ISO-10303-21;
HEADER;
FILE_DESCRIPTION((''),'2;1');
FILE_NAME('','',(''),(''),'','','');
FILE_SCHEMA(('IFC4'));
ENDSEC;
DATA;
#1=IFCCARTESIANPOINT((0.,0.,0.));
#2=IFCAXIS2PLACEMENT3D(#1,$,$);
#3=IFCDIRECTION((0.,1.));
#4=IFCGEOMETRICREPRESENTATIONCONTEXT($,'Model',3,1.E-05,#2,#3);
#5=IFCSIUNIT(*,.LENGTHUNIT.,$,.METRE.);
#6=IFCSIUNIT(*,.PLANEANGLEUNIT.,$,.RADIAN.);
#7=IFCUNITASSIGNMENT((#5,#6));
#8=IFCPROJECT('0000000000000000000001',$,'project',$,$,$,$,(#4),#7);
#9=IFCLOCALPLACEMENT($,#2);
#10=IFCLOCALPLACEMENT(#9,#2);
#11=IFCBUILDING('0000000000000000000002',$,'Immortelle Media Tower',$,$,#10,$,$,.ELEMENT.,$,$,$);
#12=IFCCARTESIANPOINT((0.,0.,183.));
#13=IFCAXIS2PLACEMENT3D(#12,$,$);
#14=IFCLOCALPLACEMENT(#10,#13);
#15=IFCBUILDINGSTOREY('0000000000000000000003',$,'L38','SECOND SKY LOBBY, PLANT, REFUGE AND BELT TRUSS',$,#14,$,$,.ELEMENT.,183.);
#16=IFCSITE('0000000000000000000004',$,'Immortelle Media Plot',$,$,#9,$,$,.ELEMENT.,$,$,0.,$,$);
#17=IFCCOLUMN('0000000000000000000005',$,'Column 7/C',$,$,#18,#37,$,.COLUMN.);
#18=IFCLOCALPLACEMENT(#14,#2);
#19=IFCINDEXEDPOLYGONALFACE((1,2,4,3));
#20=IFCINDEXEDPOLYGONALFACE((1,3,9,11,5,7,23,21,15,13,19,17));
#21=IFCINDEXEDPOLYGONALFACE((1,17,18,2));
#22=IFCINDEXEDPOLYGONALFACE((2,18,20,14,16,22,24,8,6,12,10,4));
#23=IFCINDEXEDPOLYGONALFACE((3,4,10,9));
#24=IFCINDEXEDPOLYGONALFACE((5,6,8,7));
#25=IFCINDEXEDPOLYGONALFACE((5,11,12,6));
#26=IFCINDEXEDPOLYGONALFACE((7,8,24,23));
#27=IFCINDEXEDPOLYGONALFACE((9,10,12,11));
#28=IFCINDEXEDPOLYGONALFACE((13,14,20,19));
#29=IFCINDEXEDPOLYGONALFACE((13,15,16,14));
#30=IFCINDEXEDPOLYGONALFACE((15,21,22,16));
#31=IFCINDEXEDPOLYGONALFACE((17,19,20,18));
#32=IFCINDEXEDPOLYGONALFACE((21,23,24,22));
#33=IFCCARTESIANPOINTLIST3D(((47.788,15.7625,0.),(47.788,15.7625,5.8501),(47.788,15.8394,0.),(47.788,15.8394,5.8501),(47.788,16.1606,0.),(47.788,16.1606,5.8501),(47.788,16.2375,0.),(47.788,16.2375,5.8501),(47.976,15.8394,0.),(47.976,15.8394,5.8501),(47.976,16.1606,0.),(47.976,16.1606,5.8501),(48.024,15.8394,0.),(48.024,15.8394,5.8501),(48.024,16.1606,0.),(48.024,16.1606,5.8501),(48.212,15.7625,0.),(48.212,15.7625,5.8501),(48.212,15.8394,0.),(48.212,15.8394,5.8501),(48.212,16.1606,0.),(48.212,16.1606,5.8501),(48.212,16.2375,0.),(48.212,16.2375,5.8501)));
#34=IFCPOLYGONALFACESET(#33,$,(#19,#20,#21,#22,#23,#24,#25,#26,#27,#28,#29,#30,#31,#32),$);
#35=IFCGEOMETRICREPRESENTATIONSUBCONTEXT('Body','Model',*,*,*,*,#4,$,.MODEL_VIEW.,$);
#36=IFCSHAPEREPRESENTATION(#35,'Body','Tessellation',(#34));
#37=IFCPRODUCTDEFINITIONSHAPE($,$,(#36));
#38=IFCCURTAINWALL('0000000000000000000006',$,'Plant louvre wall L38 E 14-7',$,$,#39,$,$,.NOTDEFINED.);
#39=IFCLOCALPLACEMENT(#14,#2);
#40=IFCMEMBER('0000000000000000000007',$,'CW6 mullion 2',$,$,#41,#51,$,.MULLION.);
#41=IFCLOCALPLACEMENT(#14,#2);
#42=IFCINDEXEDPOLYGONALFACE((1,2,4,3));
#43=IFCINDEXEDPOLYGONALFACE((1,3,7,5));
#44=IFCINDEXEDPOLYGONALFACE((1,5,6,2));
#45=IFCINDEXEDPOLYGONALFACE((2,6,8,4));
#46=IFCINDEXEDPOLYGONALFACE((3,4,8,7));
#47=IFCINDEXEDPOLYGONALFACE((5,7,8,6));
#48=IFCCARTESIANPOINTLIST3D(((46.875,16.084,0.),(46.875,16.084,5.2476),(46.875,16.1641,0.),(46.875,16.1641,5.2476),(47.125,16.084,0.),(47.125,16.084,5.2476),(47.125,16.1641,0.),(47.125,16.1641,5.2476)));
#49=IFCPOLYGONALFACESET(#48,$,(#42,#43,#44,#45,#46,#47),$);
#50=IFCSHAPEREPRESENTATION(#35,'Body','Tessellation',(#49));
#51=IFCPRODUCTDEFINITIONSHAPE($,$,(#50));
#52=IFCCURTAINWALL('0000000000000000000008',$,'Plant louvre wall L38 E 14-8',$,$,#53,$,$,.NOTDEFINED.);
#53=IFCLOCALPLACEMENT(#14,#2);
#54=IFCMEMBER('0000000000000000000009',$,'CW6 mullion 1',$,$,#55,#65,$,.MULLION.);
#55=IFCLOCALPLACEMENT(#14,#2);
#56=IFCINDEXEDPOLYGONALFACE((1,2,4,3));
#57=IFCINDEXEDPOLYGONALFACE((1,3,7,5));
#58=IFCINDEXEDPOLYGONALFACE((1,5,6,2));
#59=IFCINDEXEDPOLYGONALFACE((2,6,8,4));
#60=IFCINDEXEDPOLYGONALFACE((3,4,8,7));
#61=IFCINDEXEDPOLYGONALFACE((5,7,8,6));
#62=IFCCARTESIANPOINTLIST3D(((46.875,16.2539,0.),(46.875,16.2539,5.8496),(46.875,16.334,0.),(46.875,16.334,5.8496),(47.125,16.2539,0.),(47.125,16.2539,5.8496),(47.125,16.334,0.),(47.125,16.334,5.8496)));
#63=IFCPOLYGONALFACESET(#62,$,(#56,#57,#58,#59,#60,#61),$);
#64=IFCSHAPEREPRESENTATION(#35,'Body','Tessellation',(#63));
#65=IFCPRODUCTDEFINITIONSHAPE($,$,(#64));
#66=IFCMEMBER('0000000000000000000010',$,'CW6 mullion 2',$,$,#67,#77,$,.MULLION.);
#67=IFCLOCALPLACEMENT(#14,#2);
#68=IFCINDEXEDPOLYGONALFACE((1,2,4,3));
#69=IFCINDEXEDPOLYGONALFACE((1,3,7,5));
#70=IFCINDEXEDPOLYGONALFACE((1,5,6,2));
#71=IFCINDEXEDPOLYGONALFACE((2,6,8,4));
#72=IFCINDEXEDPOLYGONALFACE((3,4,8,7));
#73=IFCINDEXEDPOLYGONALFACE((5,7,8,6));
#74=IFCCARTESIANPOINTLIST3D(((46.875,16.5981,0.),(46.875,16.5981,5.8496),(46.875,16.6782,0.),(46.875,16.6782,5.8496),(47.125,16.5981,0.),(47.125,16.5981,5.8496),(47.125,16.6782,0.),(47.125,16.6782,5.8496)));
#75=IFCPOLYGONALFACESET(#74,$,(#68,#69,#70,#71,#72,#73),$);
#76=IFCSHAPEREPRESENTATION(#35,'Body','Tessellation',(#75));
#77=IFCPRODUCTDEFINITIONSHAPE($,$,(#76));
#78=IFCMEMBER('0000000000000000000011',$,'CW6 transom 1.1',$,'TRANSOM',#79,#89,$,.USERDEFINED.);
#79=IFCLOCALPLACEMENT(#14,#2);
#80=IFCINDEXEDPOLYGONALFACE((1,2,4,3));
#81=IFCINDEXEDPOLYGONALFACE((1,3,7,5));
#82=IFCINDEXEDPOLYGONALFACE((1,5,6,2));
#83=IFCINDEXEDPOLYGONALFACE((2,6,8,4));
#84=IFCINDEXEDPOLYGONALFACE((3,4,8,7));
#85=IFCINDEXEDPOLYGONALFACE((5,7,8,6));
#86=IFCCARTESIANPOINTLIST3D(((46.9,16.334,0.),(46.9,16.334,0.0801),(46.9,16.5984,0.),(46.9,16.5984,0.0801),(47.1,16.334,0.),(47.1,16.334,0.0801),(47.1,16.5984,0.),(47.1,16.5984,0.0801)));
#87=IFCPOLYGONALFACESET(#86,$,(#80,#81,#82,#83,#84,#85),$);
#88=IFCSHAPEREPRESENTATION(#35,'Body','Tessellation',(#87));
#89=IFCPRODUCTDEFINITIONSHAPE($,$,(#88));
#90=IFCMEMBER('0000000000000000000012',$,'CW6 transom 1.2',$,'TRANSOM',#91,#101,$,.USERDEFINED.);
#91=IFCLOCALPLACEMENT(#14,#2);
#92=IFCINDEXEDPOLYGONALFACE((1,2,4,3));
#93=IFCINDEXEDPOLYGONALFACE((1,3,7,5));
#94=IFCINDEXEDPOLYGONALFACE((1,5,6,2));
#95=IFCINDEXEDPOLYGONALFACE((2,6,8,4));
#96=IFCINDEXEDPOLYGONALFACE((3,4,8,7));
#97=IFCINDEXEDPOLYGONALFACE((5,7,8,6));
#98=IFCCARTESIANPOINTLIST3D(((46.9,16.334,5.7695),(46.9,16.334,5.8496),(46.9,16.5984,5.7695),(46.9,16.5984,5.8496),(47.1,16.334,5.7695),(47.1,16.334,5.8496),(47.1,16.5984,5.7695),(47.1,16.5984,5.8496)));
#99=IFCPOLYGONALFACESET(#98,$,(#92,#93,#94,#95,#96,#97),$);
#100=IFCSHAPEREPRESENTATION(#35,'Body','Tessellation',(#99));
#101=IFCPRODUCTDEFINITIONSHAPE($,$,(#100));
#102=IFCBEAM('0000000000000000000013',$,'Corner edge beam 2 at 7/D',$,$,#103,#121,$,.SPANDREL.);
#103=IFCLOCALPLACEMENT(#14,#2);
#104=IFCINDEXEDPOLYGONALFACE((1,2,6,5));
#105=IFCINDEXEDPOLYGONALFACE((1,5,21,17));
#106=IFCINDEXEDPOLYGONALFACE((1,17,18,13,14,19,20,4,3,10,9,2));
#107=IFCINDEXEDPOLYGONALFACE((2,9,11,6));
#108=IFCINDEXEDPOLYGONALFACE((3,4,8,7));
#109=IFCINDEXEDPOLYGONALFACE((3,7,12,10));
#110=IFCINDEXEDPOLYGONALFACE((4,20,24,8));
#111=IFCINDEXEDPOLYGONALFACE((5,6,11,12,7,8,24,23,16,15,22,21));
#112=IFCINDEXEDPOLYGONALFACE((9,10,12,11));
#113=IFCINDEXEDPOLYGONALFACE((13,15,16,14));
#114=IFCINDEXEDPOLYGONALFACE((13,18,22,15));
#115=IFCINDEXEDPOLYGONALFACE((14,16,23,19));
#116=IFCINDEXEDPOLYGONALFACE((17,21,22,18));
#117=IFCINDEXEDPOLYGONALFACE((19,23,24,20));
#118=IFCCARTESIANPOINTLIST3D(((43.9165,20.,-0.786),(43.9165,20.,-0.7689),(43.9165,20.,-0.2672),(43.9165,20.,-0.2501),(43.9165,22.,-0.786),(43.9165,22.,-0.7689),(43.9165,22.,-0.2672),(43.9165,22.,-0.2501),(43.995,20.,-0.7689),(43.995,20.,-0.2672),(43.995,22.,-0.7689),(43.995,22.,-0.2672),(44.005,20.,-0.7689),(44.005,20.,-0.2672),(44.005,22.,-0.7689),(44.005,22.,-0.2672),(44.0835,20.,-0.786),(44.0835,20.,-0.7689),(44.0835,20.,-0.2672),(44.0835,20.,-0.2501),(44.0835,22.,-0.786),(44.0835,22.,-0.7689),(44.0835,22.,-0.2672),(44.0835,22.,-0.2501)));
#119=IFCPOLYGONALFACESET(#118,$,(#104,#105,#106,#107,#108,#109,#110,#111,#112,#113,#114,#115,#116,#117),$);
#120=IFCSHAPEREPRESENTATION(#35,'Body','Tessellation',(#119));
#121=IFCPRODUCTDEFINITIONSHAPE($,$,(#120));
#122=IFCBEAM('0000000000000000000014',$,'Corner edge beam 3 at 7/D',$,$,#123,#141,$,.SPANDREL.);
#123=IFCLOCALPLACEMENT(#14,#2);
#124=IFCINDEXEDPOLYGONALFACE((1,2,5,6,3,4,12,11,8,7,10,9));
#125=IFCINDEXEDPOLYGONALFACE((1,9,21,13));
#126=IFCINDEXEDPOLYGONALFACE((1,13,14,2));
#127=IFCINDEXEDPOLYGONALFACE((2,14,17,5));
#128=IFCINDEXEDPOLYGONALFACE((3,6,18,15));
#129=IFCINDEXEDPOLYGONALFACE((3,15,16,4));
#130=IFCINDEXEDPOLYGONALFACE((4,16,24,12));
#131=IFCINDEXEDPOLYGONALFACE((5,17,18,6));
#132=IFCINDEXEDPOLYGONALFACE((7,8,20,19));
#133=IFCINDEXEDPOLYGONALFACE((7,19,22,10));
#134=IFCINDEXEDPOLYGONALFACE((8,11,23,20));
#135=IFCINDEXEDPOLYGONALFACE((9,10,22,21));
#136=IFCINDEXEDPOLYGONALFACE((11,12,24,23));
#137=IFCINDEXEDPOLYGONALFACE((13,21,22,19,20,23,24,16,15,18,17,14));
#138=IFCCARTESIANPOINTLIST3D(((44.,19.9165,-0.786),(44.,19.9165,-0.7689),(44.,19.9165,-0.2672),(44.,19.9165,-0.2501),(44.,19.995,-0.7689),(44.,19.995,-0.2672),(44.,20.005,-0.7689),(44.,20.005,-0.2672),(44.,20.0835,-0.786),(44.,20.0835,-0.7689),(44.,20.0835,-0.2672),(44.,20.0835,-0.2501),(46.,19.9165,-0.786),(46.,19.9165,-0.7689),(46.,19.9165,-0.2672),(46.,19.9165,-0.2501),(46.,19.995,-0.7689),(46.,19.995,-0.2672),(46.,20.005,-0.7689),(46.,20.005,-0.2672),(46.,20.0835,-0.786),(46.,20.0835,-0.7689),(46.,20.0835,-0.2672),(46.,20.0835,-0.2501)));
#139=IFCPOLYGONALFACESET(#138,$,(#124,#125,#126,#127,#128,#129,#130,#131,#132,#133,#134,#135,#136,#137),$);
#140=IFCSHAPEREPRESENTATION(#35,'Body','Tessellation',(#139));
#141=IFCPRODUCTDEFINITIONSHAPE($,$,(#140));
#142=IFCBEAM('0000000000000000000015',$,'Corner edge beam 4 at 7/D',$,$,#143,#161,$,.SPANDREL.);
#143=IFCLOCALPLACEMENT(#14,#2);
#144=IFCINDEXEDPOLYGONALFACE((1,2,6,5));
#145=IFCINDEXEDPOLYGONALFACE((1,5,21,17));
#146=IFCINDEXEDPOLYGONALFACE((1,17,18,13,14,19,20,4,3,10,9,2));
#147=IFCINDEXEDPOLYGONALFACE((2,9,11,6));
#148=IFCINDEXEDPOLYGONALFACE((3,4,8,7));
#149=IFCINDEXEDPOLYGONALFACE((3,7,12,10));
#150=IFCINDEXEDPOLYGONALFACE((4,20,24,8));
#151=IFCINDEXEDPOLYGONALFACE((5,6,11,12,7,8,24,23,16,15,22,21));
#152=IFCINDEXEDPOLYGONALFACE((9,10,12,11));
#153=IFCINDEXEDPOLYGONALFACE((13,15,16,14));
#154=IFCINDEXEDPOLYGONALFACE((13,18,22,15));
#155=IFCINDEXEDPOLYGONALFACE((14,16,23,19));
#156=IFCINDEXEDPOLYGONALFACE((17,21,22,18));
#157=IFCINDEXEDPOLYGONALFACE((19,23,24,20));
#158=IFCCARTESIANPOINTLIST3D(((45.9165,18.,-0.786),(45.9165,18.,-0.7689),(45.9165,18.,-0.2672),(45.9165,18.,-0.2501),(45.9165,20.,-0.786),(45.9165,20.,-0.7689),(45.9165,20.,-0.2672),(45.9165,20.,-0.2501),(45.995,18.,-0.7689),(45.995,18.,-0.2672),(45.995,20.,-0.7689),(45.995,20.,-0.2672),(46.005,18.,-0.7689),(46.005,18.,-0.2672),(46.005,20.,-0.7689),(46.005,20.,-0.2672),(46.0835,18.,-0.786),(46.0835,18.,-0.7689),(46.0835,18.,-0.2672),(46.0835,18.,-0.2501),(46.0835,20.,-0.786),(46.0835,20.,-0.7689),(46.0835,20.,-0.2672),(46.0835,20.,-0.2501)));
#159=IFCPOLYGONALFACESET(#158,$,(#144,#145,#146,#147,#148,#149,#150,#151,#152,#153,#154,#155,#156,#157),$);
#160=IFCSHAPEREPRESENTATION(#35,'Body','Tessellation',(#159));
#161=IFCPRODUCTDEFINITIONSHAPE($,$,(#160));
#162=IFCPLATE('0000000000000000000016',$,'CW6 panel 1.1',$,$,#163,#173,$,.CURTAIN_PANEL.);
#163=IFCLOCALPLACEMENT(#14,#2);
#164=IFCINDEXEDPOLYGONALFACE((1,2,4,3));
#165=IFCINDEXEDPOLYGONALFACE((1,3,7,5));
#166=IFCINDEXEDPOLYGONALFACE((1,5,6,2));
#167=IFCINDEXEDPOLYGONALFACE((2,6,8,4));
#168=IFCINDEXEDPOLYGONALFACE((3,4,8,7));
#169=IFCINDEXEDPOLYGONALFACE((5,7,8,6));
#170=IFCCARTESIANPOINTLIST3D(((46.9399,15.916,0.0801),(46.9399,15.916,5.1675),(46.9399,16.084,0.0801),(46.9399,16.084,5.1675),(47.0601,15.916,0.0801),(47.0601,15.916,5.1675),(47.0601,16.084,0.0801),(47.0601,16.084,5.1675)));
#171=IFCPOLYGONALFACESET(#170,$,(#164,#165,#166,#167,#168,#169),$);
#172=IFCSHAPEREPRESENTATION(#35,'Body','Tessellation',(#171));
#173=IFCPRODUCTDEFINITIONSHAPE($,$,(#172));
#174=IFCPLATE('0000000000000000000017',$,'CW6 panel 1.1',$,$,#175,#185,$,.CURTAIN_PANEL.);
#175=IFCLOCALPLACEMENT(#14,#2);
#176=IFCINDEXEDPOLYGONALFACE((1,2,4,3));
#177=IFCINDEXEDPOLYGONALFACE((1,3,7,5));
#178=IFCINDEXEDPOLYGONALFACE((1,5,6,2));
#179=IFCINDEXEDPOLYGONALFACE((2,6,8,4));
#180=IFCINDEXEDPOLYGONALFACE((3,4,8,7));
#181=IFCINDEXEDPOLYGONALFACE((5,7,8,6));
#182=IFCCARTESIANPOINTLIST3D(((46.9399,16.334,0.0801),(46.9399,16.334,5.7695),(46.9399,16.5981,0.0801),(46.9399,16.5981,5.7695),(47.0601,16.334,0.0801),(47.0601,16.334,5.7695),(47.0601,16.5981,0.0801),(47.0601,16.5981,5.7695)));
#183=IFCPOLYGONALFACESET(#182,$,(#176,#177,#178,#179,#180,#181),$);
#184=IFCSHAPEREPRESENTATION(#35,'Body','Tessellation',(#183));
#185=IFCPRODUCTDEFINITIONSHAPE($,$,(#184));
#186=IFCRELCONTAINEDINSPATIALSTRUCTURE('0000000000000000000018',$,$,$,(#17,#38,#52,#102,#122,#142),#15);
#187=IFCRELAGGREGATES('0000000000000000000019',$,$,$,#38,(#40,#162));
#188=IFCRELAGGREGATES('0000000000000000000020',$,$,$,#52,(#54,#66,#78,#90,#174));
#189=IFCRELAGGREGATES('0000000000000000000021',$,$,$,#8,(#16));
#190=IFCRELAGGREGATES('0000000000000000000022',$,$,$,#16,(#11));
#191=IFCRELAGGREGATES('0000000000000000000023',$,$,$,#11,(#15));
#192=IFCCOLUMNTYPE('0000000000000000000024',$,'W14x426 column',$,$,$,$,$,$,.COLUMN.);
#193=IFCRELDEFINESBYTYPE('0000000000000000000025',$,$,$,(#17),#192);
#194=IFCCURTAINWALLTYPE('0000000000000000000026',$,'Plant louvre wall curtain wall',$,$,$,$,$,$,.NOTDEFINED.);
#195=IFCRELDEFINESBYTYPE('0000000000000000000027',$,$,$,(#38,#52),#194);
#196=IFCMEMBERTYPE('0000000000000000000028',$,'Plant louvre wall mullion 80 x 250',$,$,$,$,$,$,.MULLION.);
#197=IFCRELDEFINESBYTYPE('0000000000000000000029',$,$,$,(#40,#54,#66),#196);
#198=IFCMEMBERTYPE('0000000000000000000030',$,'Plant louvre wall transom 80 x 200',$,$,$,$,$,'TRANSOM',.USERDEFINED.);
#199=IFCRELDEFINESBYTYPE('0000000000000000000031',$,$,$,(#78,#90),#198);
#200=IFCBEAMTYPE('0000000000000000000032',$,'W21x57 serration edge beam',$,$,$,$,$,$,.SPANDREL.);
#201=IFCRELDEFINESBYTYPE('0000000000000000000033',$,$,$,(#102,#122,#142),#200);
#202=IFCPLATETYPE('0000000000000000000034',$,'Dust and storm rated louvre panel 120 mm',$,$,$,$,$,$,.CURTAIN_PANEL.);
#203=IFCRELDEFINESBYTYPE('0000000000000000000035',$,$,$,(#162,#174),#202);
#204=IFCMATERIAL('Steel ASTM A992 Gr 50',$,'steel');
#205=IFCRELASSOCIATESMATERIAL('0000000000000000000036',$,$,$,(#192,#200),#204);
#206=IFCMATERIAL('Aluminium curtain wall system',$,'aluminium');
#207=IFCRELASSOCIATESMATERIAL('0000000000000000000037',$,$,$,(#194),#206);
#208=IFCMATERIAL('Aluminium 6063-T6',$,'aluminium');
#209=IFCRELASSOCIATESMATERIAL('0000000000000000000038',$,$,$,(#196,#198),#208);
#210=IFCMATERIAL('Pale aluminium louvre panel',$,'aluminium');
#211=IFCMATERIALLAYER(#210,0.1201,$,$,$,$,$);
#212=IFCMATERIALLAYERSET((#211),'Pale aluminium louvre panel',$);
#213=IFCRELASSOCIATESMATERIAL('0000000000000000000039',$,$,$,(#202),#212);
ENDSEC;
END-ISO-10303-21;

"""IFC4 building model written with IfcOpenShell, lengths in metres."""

from ifc_helpers import new_model, si_unit, direction, frame, origin, origin_2d, place, context, subcontext, project, spatial, rectangle, i_section, extrude, material, layer, layer_set, material_profile, profile_set, type_object, element, aggregate, save


model = new_model("IFC4")

# Units and contexts
model_context = context("Model", 3, precision=1e-05, world=origin(), true_north=direction((0.0, 1.0)))
body_context = subcontext(model_context, "Body", "Model", "MODEL_VIEW")
ifc_project = project(units=[si_unit("LENGTHUNIT", "METRE"), si_unit("PLANEANGLEUNIT", "RADIAN")], contexts=[model_context])

# Site, building, storey
site_placement = place(None, origin())
site = spatial("IfcSite", under=ifc_project, at=site_placement, Name="Immortelle Media Plot", CompositionType="ELEMENT", RefElevation=0.0)
building_placement = place(site_placement, origin())
building = spatial("IfcBuilding", under=site, at=building_placement, Name="Immortelle Media Tower", CompositionType="ELEMENT")
storey_placement = place(building_placement, frame((0.0, 0.0, 183.0)))
storey = spatial("IfcBuildingStorey", under=building, at=storey_placement, Name="L38", Description="SECOND SKY LOBBY, PLANT, REFUGE AND BELT TRUSS", CompositionType="ELEMENT", Elevation=183.0)

# Column
ifc_material_1 = material(Name="Steel ASTM A992 Gr 50", Category="steel")
ifc_material_profile_1 = material_profile(ifc_material_1, i_section(OverallWidth=0.4241, OverallDepth=0.4751, WebThickness=0.0481, FlangeThickness=0.0769, at=origin_2d()), Name="W14x426")
ifc_profile_set_1 = profile_set([ifc_material_profile_1], Name="Steel ASTM A992 Gr 50")
column_type = type_object("IfcColumnType", Name="W14x426 column", PredefinedType="COLUMN", material=ifc_profile_set_1)
column_placement = place(storey_placement, frame((48.0, 16.0, 0.0), z_axis=(0.0, 0.0, 1.0), x_axis=(1.0, 0.0, 0.0)))
element("IfcColumn", 1, at=column_placement, inside=storey, type_object=column_type, Name="Column 7/C", PredefinedType="COLUMN", context=body_context, shape_type="SweptSolid", body=[
    extrude(i_section(OverallWidth=0.4241, OverallDepth=0.4751, WebThickness=0.0481, FlangeThickness=0.0769, at=origin_2d()), origin(), (0.0, 0.0, 1.0), 5.8501),
])

# Curtain wall, member
ifc_material_2 = material(Name="Aluminium curtain wall system", Category="aluminium")
curtain_wall_type = type_object("IfcCurtainWallType", Name="Plant louvre wall curtain wall", PredefinedType="NOTDEFINED", material=ifc_material_2)
curtain_wall_1_placement = place(storey_placement, origin())
curtain_wall_1 = element("IfcCurtainWall", 2, at=curtain_wall_1_placement, inside=storey, type_object=curtain_wall_type, Name="Plant louvre wall L38 E 14-7", PredefinedType="NOTDEFINED")
ifc_material_3 = material(Name="Aluminium 6063-T6", Category="aluminium")
ifc_material_profile_2 = material_profile(ifc_material_3, rectangle(XDim=0.25, YDim=0.0801, at=origin_2d()), Name="AL 80x250")
ifc_profile_set_2 = profile_set([ifc_material_profile_2], Name="Aluminium 6063-T6")
member_type_1 = type_object("IfcMemberType", Name="Plant louvre wall mullion 80 x 250", PredefinedType="MULLION", material=ifc_profile_set_2)
member_1_placement = place(storey_placement, frame((47.0, 16.124, 0.0), z_axis=(0.0, 0.0, 1.0), x_axis=(-1.0, 0.0, 0.0)))
member_1 = element("IfcMember", 3, at=member_1_placement, type_object=member_type_1, Name="CW6 mullion 2", PredefinedType="MULLION", context=body_context, shape_type="SweptSolid", body=[
    extrude(rectangle(XDim=0.25, YDim=0.0801, at=origin_2d()), origin(), (0.0, 0.0, 1.0), 5.2476),
])

# Curtain wall, members
curtain_wall_2_placement = place(storey_placement, origin())
curtain_wall_2 = element("IfcCurtainWall", 4, at=curtain_wall_2_placement, inside=storey, type_object=curtain_wall_type, Name="Plant louvre wall L38 E 14-8", PredefinedType="NOTDEFINED")
member_2_placement = place(storey_placement, frame((47.0, 16.2939, 0.0), z_axis=(0.0, 0.0, 1.0), x_axis=(-1.0, 0.0, 0.0)))
member_2 = element("IfcMember", 5, at=member_2_placement, type_object=member_type_1, Name="CW6 mullion 1", PredefinedType="MULLION", context=body_context, shape_type="SweptSolid", body=[
    extrude(rectangle(XDim=0.25, YDim=0.0801, at=origin_2d()), origin(), (0.0, 0.0, 1.0), 5.8496),
])
member_3_placement = place(storey_placement, frame((47.0, 16.6382, 0.0), z_axis=(0.0, 0.0, 1.0), x_axis=(-1.0, 0.0, 0.0)))
member_3 = element("IfcMember", 6, at=member_3_placement, type_object=member_type_1, Name="CW6 mullion 2", PredefinedType="MULLION", context=body_context, shape_type="SweptSolid", body=[
    extrude(rectangle(XDim=0.25, YDim=0.0801, at=origin_2d()), origin(), (0.0, 0.0, 1.0), 5.8496),
])
ifc_material_profile_3 = material_profile(ifc_material_3, rectangle(XDim=0.2, YDim=0.0801, at=origin_2d()), Name="AL 80x200")
ifc_profile_set_3 = profile_set([ifc_material_profile_3], Name="Aluminium 6063-T6")
member_type_2 = type_object("IfcMemberType", Name="Plant louvre wall transom 80 x 200", ElementType="TRANSOM", PredefinedType="USERDEFINED", material=ifc_profile_set_3)
member_4_placement = place(storey_placement, frame((47.0, 16.334, 0.04), z_axis=(0.0, 1.0, 0.0), x_axis=(-1.0, 0.0, 0.0)))
member_4 = element("IfcMember", 7, at=member_4_placement, type_object=member_type_2, Name="CW6 transom 1.1", ObjectType="TRANSOM", PredefinedType="USERDEFINED", context=body_context, shape_type="SweptSolid", body=[
    extrude(rectangle(XDim=0.2, YDim=0.0801, at=origin_2d()), origin(), (0.0, 0.0, 1.0), 0.2644),
])
member_5_placement = place(storey_placement, frame((47.0, 16.334, 5.8096), z_axis=(0.0, 1.0, 0.0), x_axis=(-1.0, 0.0, 0.0)))
member_5 = element("IfcMember", 8, at=member_5_placement, type_object=member_type_2, Name="CW6 transom 1.2", ObjectType="TRANSOM", PredefinedType="USERDEFINED", context=body_context, shape_type="SweptSolid", body=[
    extrude(rectangle(XDim=0.2, YDim=0.0801, at=origin_2d()), origin(), (0.0, 0.0, 1.0), 0.2644),
])

# Beams
ifc_material_profile_4 = material_profile(ifc_material_1, i_section(OverallWidth=0.167, OverallDepth=0.5359, WebThickness=0.01, FlangeThickness=0.0171, at=origin_2d()), Name="W21x57")
ifc_profile_set_4 = profile_set([ifc_material_profile_4], Name="Steel ASTM A992 Gr 50")
beam_type = type_object("IfcBeamType", Name="W21x57 serration edge beam", PredefinedType="SPANDREL", material=ifc_profile_set_4)
for number, where, z_axis, x_axis, name in (
    (9, (44.0, 22.0, -0.5181), (0.0, -1.0, 0.0), (1.0, 0.0, 0.0), "Corner edge beam 2 at 7/D"),
    (10, (44.0, 20.0, -0.5181), (1.0, 0.0, 0.0), (0.0, 1.0, 0.0), "Corner edge beam 3 at 7/D"),
    (11, (46.0, 20.0, -0.5181), (0.0, -1.0, 0.0), (1.0, 0.0, 0.0), "Corner edge beam 4 at 7/D"),
):
    element("IfcBeam", number, at=place(storey_placement, frame(where, z_axis=z_axis, x_axis=x_axis)), inside=storey, type_object=beam_type, Name=name, PredefinedType="SPANDREL", context=body_context, shape_type="SweptSolid", body=[
        extrude(i_section(OverallWidth=0.167, OverallDepth=0.5359, WebThickness=0.01, FlangeThickness=0.0171, at=origin_2d()), origin(), (0.0, 0.0, 1.0), 2.0),
    ])

# Plates
ifc_material_4 = material(Name="Pale aluminium louvre panel", Category="aluminium")
ifc_layer_1 = layer(ifc_material_4, 0.1201)
ifc_layer_set_1 = layer_set([ifc_layer_1], Name="Pale aluminium louvre panel")
plate_type = type_object("IfcPlateType", Name="Dust and storm rated louvre panel 120 mm", PredefinedType="CURTAIN_PANEL", material=ifc_layer_set_1)
plate_1_placement = place(storey_placement, frame((47.0, 16.0, 0.0801), z_axis=(0.0, 0.0, 1.0), x_axis=(0.0, 1.0, 0.0)))
plate_1 = element("IfcPlate", 12, at=plate_1_placement, type_object=plate_type, Name="CW6 panel 1.1", PredefinedType="CURTAIN_PANEL", context=body_context, shape_type="SweptSolid", body=[
    extrude(rectangle(XDim=0.168, YDim=0.1201, at=origin_2d()), origin(), (0.0, 0.0, 1.0), 5.0874),
])
aggregate(curtain_wall_1, [member_1, plate_1])
plate_2_placement = place(storey_placement, frame((47.0, 16.4661, 0.0801), z_axis=(0.0, 0.0, 1.0), x_axis=(0.0, 1.0, 0.0)))
plate_2 = element("IfcPlate", 13, at=plate_2_placement, type_object=plate_type, Name="CW6 panel 1.1", PredefinedType="CURTAIN_PANEL", context=body_context, shape_type="SweptSolid", body=[
    extrude(rectangle(XDim=0.2642, YDim=0.1201, at=origin_2d()), origin(), (0.0, 0.0, 1.0), 5.6895),
])
aggregate(curtain_wall_2, [member_2, member_3, member_4, member_5, plate_2])

save(model, "model.ifc")
